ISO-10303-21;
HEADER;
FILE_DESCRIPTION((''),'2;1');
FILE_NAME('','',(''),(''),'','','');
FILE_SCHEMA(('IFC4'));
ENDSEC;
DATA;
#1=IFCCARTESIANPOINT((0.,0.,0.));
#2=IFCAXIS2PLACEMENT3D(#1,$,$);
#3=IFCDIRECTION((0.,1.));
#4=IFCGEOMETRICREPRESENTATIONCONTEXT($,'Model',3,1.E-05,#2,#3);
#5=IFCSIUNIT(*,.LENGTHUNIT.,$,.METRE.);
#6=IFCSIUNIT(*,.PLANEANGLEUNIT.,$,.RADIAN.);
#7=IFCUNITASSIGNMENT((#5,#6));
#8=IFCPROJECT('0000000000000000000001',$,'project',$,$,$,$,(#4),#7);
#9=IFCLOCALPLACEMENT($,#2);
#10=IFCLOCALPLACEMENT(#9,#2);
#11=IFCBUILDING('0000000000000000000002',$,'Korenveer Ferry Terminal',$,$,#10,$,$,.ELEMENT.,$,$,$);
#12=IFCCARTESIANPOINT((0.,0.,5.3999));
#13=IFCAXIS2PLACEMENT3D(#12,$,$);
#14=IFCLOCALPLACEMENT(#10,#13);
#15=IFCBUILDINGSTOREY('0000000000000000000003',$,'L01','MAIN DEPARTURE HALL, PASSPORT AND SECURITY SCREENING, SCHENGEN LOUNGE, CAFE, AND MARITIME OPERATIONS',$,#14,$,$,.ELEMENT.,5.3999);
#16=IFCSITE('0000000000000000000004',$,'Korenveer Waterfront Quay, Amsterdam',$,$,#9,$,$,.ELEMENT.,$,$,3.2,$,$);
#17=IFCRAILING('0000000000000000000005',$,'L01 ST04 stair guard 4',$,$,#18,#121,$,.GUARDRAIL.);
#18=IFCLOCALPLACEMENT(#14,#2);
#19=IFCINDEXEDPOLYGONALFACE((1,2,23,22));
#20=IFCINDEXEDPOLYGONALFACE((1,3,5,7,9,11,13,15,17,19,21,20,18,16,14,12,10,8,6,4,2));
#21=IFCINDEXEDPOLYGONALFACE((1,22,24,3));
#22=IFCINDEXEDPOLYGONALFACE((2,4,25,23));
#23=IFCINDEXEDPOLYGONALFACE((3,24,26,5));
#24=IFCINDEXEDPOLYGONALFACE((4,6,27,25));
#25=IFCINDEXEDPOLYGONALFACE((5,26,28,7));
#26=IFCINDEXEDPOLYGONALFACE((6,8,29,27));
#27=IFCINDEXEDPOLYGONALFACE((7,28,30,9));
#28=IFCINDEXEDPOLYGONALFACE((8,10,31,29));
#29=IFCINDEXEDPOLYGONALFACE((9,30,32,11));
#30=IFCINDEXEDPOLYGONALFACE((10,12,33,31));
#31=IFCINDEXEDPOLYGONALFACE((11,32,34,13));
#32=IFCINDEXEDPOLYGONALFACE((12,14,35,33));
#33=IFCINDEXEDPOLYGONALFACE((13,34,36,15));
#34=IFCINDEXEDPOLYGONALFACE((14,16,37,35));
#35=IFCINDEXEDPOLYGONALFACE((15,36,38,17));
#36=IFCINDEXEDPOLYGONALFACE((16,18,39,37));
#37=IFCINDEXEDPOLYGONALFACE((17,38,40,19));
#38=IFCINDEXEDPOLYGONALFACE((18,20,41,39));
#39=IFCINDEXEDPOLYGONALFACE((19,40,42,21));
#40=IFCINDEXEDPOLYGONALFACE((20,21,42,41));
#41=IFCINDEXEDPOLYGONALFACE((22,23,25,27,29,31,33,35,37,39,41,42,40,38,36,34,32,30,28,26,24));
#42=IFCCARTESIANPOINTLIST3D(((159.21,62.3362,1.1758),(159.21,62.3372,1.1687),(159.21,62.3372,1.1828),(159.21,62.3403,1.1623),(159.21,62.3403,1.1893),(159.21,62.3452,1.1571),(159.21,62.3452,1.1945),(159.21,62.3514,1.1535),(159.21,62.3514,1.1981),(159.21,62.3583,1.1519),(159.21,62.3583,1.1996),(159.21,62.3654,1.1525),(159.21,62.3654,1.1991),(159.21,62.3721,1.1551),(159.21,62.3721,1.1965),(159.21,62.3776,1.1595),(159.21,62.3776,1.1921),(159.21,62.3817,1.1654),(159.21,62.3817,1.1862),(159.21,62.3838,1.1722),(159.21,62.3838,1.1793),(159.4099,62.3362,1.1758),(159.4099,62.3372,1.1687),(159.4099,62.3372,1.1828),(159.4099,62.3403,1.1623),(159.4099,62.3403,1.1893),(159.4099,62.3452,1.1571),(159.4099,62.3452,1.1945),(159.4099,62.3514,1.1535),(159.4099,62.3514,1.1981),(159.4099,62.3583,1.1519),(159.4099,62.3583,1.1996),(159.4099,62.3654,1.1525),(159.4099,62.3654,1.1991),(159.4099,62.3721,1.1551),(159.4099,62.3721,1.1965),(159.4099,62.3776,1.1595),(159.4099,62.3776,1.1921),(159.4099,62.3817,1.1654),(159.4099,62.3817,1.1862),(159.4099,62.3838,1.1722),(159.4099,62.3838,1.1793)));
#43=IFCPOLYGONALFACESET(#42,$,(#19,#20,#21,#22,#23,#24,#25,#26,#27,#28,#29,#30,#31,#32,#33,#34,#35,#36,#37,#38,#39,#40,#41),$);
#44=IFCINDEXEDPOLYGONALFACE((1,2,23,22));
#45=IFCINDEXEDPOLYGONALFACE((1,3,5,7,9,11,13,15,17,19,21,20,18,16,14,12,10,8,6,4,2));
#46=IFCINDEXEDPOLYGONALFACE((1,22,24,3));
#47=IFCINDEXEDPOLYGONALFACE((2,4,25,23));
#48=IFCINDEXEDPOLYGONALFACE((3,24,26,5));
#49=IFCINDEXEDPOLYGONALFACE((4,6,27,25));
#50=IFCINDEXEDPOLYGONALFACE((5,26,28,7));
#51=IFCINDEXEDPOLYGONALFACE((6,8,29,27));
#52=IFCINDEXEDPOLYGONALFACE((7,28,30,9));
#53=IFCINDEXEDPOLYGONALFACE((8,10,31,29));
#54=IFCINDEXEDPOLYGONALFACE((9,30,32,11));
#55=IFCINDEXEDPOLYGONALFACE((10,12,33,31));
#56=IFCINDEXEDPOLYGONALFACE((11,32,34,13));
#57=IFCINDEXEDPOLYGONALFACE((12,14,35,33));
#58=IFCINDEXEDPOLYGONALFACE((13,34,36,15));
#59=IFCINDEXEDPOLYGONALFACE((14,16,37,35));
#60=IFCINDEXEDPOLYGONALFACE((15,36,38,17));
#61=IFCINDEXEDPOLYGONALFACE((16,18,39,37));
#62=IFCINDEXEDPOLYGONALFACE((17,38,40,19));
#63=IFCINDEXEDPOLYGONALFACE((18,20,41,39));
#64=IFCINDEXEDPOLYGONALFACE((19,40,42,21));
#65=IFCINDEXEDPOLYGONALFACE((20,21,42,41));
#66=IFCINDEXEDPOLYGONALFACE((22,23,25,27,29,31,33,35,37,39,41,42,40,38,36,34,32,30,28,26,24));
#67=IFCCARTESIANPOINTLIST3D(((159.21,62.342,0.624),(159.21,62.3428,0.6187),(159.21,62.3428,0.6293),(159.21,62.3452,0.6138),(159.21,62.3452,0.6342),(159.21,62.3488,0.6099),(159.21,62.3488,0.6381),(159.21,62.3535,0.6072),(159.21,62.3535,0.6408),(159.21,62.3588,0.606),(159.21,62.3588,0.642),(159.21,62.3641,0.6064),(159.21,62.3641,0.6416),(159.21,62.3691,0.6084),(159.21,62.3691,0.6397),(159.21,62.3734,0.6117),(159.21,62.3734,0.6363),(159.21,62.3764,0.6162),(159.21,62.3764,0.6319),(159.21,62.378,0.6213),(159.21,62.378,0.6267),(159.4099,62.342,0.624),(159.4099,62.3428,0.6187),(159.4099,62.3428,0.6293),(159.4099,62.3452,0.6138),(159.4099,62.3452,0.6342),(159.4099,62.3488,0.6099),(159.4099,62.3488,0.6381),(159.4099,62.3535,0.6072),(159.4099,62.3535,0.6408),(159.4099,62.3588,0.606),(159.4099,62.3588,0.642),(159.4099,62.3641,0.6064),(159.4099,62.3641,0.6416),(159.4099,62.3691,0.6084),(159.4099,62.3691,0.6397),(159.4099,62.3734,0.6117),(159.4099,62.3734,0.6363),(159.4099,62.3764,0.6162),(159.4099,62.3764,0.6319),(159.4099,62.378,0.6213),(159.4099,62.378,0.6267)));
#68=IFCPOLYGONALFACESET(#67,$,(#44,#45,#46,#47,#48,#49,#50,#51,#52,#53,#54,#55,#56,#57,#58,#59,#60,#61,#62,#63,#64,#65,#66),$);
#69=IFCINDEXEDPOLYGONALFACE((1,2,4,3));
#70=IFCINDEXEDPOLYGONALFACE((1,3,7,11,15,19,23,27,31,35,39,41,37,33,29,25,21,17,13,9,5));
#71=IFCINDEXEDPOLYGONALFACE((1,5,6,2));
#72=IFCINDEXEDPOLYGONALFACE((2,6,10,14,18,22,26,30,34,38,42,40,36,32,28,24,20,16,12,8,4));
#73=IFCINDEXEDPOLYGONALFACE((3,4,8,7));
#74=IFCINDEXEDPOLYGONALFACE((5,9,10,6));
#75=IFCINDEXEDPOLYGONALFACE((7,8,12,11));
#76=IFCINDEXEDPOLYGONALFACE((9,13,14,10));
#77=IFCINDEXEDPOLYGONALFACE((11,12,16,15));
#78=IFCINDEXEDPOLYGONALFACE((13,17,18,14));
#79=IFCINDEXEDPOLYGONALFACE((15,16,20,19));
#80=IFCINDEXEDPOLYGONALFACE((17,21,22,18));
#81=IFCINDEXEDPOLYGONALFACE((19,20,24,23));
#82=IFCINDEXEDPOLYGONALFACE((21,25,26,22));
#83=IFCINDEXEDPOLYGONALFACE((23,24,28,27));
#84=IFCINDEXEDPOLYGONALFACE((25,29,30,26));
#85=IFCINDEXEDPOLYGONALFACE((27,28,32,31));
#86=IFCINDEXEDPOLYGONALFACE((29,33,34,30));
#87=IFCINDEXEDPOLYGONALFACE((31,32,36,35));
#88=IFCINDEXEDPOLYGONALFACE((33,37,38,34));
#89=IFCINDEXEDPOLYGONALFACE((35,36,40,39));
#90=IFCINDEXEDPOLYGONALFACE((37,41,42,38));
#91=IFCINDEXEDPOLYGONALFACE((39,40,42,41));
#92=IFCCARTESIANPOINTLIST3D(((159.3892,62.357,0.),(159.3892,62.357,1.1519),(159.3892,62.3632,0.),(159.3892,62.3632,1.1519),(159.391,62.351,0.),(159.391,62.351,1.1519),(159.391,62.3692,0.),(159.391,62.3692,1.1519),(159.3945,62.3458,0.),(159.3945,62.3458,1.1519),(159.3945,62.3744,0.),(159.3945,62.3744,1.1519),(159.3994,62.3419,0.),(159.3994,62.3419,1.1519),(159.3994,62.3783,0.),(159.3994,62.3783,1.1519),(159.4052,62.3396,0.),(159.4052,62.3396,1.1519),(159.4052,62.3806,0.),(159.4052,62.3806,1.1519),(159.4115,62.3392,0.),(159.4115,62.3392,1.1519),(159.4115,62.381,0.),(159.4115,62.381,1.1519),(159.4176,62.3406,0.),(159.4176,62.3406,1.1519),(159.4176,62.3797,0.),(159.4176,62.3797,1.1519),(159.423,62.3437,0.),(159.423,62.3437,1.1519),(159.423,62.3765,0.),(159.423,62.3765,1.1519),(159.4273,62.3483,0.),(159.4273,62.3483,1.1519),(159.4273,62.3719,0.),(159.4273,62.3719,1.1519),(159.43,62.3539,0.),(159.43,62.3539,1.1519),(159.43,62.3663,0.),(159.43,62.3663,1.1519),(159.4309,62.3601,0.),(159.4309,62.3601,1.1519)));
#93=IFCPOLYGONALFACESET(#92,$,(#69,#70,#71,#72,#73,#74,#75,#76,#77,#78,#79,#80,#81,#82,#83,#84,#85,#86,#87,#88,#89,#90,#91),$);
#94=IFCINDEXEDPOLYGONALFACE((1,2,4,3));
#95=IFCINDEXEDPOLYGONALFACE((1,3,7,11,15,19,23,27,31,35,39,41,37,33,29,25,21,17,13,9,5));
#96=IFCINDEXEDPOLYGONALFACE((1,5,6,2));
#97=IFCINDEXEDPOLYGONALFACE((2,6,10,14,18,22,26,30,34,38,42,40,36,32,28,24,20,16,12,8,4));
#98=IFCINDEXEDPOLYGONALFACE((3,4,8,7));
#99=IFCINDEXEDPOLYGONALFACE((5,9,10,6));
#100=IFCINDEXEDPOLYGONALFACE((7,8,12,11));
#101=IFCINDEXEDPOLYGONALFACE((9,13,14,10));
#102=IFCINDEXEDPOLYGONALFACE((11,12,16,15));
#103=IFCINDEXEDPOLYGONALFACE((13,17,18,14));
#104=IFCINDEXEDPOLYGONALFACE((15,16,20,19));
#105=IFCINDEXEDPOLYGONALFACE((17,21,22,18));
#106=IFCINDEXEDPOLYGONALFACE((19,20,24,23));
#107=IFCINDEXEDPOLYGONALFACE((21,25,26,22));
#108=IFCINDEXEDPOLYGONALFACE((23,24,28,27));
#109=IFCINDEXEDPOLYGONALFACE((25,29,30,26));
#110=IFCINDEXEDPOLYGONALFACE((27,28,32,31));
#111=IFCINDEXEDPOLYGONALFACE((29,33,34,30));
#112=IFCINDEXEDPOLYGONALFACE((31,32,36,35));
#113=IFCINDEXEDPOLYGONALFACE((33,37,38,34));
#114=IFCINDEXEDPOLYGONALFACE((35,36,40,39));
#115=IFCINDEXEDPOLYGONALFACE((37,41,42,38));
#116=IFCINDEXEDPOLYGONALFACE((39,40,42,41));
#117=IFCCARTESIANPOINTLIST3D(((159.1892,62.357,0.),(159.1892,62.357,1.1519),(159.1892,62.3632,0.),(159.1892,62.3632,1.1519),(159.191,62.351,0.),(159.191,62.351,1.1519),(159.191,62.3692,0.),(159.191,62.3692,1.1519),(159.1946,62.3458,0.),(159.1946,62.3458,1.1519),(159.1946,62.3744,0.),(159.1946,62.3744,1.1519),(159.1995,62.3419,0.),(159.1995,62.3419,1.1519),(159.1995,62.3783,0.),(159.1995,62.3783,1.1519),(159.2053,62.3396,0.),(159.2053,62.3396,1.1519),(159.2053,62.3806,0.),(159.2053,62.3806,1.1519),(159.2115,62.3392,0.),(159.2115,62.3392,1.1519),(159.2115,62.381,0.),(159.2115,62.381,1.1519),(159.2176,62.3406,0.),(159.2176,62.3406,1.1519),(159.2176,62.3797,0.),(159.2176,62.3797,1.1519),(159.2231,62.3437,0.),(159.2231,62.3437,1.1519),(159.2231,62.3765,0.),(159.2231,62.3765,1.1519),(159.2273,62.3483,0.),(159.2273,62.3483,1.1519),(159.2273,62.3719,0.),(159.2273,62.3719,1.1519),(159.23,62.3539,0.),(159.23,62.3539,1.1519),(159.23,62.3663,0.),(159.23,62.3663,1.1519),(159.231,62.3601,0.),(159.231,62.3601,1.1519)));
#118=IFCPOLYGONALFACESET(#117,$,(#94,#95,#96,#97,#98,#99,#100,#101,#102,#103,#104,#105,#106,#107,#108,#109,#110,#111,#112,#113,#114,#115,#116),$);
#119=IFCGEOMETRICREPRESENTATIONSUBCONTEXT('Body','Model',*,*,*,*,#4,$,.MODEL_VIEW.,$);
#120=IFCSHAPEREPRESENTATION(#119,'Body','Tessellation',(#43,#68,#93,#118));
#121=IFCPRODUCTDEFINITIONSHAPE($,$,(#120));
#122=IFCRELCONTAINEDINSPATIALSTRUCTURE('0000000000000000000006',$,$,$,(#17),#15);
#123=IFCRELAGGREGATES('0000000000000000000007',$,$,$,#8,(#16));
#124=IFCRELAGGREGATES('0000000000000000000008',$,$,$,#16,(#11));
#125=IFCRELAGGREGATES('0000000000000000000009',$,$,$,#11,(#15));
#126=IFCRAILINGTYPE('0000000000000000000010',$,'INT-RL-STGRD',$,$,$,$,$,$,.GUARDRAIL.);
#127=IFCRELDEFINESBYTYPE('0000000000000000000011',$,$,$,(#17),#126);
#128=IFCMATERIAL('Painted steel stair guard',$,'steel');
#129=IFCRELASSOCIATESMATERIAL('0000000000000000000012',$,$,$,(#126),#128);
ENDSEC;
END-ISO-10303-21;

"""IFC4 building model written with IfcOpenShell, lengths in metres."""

from ifc_helpers import new_model, si_unit, direction, frame, origin, origin_2d, place, context, subcontext, project, spatial, circle, extrude, material, type_object, element, save


model = new_model("IFC4")

# Units and contexts
model_context = context("Model", 3, precision=1e-05, world=origin(), true_north=direction((0.0, 1.0)))
body_context = subcontext(model_context, "Body", "Model", "MODEL_VIEW")
ifc_project = project(units=[si_unit("LENGTHUNIT", "METRE"), si_unit("PLANEANGLEUNIT", "RADIAN")], contexts=[model_context])

# Site, building, storey
site_placement = place(None, origin())
site = spatial("IfcSite", under=ifc_project, at=site_placement, Name="Korenveer Waterfront Quay, Amsterdam", CompositionType="ELEMENT", RefElevation=3.2)
building_placement = place(site_placement, origin())
building = spatial("IfcBuilding", under=site, at=building_placement, Name="Korenveer Ferry Terminal", CompositionType="ELEMENT")
storey_placement = place(building_placement, frame((0.0, 0.0, 5.3999)))
storey = spatial("IfcBuildingStorey", under=building, at=storey_placement, Name="L01", Description="MAIN DEPARTURE HALL, PASSPORT AND SECURITY SCREENING, SCHENGEN LOUNGE, CAFE, AND MARITIME OPERATIONS", CompositionType="ELEMENT", Elevation=5.3999)

# Railing
ifc_material_1 = material(Name="Painted steel stair guard", Category="steel")
railing_type_1 = type_object("IfcRailingType", Name="INT-RL-STGRD", PredefinedType="GUARDRAIL", material=ifc_material_1)
railing_1_placement = place(storey_placement, frame((159.4099, 62.3601, 0.0)))
element("IfcRailing", 1, at=railing_1_placement, inside=storey, type_object=railing_type_1, Name="L01 ST04 stair guard 4", PredefinedType="GUARDRAIL", context=body_context, shape_type="SweptSolid", body=[
    extrude(circle(Radius=0.0239, at=origin_2d()), frame((0.0, 0.0, 1.1758), z_axis=(-1.0, 0.0, 0.0), x_axis=(0.0, -1.0, 0.0)), (0.0, 0.0, 1.0), 0.2),
    extrude(circle(Radius=0.0181, at=origin_2d()), frame((0.0, 0.0, 0.624), z_axis=(-1.0, 0.0, 0.0), x_axis=(0.0, -1.0, 0.0)), (0.0, 0.0, 1.0), 0.2),
    extrude(circle(Radius=0.021, at=origin_2d()), origin(), (0.0, 0.0, 1.0), 1.1519),
    extrude(circle(Radius=0.021, at=origin_2d()), frame((-0.2, 0.0, 0.0)), (0.0, 0.0, 1.0), 1.1519),
])

save(model, "model.ifc")
